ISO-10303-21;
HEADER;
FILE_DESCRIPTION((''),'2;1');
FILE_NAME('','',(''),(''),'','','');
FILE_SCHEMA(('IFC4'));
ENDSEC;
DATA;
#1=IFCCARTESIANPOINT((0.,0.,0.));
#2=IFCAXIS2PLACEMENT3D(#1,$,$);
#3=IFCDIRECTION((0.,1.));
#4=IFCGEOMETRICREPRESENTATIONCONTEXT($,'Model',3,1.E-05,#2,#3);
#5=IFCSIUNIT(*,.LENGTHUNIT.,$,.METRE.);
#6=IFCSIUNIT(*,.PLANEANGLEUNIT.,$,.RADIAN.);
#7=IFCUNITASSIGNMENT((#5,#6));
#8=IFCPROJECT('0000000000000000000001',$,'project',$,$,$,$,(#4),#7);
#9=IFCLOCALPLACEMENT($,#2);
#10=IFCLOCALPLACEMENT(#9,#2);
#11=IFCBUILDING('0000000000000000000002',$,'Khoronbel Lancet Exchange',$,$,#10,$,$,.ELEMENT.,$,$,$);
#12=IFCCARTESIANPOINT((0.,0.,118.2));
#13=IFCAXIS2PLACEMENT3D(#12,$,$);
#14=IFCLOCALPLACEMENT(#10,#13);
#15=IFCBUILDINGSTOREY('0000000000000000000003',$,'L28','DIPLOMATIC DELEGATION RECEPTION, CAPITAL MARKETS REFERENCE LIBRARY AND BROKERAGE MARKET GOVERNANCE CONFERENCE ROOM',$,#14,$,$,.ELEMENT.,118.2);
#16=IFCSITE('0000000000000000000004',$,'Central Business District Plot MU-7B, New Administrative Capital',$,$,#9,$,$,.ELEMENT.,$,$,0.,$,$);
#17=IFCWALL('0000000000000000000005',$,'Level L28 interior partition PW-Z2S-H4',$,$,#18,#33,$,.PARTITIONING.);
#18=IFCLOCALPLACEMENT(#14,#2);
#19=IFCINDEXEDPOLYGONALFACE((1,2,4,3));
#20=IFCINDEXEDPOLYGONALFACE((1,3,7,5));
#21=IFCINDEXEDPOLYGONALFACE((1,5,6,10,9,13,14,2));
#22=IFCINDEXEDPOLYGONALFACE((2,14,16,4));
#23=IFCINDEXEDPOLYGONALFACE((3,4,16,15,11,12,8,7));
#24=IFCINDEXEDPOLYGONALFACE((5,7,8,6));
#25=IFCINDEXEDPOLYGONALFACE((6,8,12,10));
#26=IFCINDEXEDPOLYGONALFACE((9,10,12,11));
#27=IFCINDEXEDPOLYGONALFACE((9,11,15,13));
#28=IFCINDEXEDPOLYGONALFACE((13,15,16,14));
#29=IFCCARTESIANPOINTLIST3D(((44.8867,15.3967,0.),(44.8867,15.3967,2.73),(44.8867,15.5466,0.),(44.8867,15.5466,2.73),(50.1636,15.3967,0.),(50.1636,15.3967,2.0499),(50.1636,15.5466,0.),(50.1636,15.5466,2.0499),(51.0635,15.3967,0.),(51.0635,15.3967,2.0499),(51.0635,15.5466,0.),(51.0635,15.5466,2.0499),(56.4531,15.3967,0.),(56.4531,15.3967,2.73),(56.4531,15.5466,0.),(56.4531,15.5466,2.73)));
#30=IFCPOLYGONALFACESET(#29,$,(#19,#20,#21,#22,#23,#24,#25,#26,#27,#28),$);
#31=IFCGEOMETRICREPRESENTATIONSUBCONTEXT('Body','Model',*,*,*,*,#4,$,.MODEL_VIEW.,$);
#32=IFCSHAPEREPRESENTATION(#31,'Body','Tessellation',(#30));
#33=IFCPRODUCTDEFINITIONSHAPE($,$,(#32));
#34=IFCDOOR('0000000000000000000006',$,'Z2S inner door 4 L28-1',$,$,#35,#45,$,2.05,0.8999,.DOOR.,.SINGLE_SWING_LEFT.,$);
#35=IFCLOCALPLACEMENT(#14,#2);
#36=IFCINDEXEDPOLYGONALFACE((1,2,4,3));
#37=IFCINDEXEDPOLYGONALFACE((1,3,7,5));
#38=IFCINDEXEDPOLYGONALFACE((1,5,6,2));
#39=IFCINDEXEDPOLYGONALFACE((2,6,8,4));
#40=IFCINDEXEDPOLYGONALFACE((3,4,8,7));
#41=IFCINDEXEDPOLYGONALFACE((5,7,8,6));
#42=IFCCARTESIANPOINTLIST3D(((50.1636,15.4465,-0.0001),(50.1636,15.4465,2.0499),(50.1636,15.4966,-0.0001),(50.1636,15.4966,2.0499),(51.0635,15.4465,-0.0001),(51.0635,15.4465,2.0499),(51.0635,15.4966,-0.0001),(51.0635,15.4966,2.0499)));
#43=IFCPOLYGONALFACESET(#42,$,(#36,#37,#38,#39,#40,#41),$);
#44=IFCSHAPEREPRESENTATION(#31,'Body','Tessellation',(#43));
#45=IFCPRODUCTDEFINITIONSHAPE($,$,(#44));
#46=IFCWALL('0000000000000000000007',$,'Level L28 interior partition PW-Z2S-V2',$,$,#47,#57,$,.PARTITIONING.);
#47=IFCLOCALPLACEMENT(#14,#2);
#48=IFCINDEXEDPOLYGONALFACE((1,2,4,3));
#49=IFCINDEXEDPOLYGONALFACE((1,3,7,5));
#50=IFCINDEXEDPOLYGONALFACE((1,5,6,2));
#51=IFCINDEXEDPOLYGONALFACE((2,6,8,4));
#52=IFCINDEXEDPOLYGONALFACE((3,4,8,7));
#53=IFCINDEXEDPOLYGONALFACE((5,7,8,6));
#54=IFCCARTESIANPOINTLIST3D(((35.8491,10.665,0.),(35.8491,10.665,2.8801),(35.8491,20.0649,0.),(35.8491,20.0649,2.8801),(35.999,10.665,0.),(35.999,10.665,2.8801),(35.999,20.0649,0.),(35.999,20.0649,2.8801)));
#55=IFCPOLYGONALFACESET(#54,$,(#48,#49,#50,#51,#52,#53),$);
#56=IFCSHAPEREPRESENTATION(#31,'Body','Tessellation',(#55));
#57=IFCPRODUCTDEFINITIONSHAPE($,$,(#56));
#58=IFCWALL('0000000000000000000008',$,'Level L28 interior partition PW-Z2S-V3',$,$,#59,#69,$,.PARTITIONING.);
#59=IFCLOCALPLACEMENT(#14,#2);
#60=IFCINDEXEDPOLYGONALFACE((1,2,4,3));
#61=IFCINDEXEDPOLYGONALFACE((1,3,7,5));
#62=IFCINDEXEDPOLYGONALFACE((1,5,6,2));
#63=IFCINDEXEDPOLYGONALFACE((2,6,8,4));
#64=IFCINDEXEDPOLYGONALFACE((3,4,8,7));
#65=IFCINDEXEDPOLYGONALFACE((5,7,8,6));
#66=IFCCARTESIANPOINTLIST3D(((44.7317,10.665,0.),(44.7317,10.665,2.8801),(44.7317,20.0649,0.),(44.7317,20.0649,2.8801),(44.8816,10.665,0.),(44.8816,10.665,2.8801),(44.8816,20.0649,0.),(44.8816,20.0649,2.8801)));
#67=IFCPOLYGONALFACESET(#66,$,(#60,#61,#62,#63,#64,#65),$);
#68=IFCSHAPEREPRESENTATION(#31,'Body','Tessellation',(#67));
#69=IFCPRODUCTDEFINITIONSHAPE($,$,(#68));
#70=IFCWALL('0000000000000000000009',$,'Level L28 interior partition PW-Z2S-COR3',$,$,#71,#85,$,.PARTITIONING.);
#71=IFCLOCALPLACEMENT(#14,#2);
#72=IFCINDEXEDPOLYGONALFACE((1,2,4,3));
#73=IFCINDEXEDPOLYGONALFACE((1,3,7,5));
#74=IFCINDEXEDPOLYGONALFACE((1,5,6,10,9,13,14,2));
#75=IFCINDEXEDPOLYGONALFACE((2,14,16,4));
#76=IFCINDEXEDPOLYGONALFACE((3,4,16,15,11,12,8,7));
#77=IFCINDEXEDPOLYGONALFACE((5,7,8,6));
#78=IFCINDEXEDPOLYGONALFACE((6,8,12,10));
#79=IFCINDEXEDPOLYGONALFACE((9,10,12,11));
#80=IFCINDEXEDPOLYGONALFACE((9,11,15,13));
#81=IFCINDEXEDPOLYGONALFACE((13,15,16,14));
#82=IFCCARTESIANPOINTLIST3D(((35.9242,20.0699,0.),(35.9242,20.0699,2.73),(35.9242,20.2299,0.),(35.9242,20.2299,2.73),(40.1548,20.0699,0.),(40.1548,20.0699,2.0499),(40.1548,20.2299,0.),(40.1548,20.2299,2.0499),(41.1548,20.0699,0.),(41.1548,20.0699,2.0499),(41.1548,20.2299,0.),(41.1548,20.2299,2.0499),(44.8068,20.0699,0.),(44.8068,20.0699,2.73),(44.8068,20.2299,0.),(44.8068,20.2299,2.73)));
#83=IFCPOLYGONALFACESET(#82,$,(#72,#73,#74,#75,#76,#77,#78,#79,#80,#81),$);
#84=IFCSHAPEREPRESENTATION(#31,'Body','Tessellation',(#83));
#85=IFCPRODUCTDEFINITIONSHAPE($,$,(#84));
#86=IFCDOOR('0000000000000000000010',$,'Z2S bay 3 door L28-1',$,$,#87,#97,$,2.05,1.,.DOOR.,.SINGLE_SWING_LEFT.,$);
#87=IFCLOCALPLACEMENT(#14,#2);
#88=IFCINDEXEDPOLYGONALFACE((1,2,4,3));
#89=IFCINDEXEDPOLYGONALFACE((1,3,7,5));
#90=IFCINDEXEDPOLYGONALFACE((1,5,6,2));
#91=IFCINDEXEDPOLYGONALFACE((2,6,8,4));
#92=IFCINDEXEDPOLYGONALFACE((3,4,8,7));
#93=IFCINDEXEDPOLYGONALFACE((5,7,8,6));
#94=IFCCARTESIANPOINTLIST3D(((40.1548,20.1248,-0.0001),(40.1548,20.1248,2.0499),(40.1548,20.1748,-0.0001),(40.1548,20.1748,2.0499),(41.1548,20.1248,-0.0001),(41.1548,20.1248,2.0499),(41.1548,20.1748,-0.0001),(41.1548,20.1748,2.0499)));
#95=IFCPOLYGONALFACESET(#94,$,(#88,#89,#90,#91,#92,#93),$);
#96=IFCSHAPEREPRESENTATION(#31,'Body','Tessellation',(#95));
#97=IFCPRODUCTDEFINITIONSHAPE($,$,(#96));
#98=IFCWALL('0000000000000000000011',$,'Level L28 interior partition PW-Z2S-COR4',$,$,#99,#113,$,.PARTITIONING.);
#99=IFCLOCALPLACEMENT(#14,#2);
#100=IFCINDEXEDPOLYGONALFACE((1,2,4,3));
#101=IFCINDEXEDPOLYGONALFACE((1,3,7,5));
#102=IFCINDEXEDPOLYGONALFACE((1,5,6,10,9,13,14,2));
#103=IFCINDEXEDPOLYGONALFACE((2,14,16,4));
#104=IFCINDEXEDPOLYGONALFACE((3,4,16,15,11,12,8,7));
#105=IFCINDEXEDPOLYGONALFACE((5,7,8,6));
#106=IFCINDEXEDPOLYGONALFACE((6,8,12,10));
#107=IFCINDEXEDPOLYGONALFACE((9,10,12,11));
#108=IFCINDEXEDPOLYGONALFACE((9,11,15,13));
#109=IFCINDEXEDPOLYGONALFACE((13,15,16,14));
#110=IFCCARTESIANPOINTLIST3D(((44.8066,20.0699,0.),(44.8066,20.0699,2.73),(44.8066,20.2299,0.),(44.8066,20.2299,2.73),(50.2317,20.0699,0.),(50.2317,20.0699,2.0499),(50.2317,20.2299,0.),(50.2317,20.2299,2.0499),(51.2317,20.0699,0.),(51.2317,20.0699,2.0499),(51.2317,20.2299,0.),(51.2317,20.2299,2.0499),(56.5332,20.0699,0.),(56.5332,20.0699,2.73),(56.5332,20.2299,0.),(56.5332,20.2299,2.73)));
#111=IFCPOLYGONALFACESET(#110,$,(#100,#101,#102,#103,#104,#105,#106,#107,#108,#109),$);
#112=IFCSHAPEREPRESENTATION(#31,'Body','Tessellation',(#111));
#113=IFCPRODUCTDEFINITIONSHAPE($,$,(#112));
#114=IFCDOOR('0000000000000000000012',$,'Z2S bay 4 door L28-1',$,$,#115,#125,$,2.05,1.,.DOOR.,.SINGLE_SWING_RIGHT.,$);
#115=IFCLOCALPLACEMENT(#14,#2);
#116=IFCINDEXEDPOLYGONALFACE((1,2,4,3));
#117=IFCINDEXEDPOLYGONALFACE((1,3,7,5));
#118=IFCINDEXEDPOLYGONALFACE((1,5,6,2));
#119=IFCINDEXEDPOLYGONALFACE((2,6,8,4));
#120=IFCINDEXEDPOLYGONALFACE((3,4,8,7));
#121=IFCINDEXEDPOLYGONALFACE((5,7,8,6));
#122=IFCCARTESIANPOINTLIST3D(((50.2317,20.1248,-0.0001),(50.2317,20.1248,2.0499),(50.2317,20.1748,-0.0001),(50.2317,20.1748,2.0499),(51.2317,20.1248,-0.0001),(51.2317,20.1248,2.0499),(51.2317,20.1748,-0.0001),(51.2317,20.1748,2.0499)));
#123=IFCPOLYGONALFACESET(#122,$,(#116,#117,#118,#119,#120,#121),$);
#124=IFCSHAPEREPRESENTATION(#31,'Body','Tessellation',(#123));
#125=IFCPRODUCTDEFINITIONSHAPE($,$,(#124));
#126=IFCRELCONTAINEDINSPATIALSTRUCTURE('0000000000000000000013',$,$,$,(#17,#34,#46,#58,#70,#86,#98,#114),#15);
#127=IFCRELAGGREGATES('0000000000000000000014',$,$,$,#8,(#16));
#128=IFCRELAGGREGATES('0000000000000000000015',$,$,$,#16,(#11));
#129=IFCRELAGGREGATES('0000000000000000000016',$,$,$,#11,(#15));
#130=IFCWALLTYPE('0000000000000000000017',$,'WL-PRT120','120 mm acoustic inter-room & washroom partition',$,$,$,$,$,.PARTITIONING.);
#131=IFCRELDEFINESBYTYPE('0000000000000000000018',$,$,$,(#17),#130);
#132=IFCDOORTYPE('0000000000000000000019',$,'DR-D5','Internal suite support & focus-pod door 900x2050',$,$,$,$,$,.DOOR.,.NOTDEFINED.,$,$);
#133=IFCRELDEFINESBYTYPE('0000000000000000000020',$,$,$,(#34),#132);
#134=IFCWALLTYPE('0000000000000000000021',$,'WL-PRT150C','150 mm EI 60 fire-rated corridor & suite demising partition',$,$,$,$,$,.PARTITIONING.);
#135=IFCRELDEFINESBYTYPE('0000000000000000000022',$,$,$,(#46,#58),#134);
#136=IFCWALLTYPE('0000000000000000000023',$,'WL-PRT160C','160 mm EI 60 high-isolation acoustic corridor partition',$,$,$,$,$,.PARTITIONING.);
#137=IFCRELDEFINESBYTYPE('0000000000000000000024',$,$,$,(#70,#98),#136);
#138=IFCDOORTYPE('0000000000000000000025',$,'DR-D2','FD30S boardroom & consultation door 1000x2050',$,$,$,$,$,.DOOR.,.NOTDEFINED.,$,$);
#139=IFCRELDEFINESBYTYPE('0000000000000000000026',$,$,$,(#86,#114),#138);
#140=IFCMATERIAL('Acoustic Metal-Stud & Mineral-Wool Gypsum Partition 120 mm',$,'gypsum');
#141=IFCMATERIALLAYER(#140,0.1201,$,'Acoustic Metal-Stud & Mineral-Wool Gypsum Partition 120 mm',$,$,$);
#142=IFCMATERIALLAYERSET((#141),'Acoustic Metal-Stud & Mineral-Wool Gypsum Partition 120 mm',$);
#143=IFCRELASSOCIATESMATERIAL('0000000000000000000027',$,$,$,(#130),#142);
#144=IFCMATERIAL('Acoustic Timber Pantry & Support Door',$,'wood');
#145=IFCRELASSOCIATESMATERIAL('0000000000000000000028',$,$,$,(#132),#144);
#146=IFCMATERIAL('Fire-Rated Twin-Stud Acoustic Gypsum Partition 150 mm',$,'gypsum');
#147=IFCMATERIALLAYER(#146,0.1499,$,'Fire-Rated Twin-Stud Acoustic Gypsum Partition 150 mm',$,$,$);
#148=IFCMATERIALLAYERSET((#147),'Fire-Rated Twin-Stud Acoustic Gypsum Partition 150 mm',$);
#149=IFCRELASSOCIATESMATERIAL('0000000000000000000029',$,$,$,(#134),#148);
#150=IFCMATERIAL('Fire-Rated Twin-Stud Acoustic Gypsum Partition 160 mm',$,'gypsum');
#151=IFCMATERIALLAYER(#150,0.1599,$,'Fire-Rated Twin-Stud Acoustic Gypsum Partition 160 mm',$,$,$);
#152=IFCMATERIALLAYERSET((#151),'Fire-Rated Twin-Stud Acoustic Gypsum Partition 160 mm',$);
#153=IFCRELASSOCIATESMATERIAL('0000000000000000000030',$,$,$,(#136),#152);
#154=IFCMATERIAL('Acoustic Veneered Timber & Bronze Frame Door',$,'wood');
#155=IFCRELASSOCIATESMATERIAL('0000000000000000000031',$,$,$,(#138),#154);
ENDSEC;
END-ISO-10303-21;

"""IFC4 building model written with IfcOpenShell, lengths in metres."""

from ifc_helpers import new_model, si_unit, direction, frame, frame_2d, origin, place, context, subcontext, project, spatial, rectangle, extrude, material, layer, layer_set, type_object, element, fill, save


model = new_model("IFC4")

# Units and contexts
model_context = context("Model", 3, precision=1e-05, world=origin(), true_north=direction((0.0, 1.0)))
body_context = subcontext(model_context, "Body", "Model", "MODEL_VIEW")
ifc_project = project(units=[si_unit("LENGTHUNIT", "METRE"), si_unit("PLANEANGLEUNIT", "RADIAN")], contexts=[model_context])

# Site, building, storey
site_placement = place(None, origin())
site = spatial("IfcSite", under=ifc_project, at=site_placement, Name="Central Business District Plot MU-7B, New Administrative Capital", CompositionType="ELEMENT", RefElevation=0.0)
building_placement = place(site_placement, origin())
building = spatial("IfcBuilding", under=site, at=building_placement, Name="Khoronbel Lancet Exchange", CompositionType="ELEMENT")
storey_placement = place(building_placement, frame((0.0, 0.0, 118.2)))
storey = spatial("IfcBuildingStorey", under=building, at=storey_placement, Name="L28", Description="DIPLOMATIC DELEGATION RECEPTION, CAPITAL MARKETS REFERENCE LIBRARY AND BROKERAGE MARKET GOVERNANCE CONFERENCE ROOM", CompositionType="ELEMENT", Elevation=118.2)

# Wall, opening, door
ifc_material_1 = material(Name="Acoustic Metal-Stud & Mineral-Wool Gypsum Partition 120 mm", Category="gypsum")
ifc_layer_1 = layer(ifc_material_1, 0.1201, Name="Acoustic Metal-Stud & Mineral-Wool Gypsum Partition 120 mm")
ifc_layer_set_1 = layer_set([ifc_layer_1], Name="Acoustic Metal-Stud & Mineral-Wool Gypsum Partition 120 mm")
wall_type_1 = type_object("IfcWallType", Name="WL-PRT120", Description="120 mm acoustic inter-room & washroom partition", PredefinedType="PARTITIONING", material=ifc_layer_set_1)
wall_1_placement = place(storey_placement, frame((44.8867, 15.4717, 0.0), z_axis=(0.0, 0.0, 1.0), x_axis=(1.0, 0.0, 0.0)))
wall_1 = element("IfcWall", 1, at=wall_1_placement, inside=storey, type_object=wall_type_1, Name="Level L28 interior partition PW-Z2S-H4", PredefinedType="PARTITIONING", context=body_context, shape_type="SweptSolid", body=[
    extrude(rectangle(XDim=11.5664, YDim=0.1499, at=frame_2d((5.7832, 0.0))), origin(), (0.0, 0.0, 1.0), 2.73),
])
opening_1_placement = place(wall_1_placement, frame((5.2769, 0.0, 0.0)))
opening_1 = element("IfcOpeningElement", 2, at=opening_1_placement, cuts=wall_1, PredefinedType="OPENING", context=body_context, shape_type="SweptSolid", body=[
    extrude(rectangle(XDim=0.8999, YDim=2.05, at=frame_2d((0.45, 1.0249))), frame((0.0, 0.085, 0.0), z_axis=(0.0, -1.0, 0.0), x_axis=(1.0, 0.0, 0.0)), (0.0, 0.0, 1.0), 0.1699),
])
ifc_material_2 = material(Name="Acoustic Timber Pantry & Support Door", Category="wood")
door_type_1 = type_object("IfcDoorType", Name="DR-D5", Description="Internal suite support & focus-pod door 900x2050", OperationType="NOTDEFINED", PredefinedType="DOOR", material=ifc_material_2)
door_1_placement = place(opening_1_placement, origin())
door_1 = element("IfcDoor", 3, at=door_1_placement, inside=storey, type_object=door_type_1, Name="Z2S inner door 4 L28-1", OperationType="SINGLE_SWING_LEFT", OverallHeight=2.05, OverallWidth=0.8999, PredefinedType="DOOR", context=body_context, shape_type="SweptSolid", body=[
    extrude(rectangle(XDim=0.8999, YDim=2.05, at=frame_2d((0.45, 1.0249))), frame((0.0, 0.0249, 0.0), z_axis=(0.0, -1.0, 0.0), x_axis=(1.0, 0.0, 0.0)), (0.0, 0.0, 1.0), 0.05),
])
fill(opening_1, door_1)

# Walls
ifc_material_3 = material(Name="Fire-Rated Twin-Stud Acoustic Gypsum Partition 150 mm", Category="gypsum")
ifc_layer_2 = layer(ifc_material_3, 0.1499, Name="Fire-Rated Twin-Stud Acoustic Gypsum Partition 150 mm")
ifc_layer_set_2 = layer_set([ifc_layer_2], Name="Fire-Rated Twin-Stud Acoustic Gypsum Partition 150 mm")
wall_type_2 = type_object("IfcWallType", Name="WL-PRT150C", Description="150 mm EI 60 fire-rated corridor & suite demising partition", PredefinedType="PARTITIONING", material=ifc_layer_set_2)
for number, where, z_axis, x_axis, name in (
    (4, (35.9241, 10.665, 0.0), (0.0, 0.0, 1.0), (0.0, 1.0, 0.0), "Level L28 interior partition PW-Z2S-V2"),
    (5, (44.8066, 10.665, 0.0), (0.0, 0.0, 1.0), (0.0, 1.0, 0.0), "Level L28 interior partition PW-Z2S-V3"),
):
    element("IfcWall", number, at=place(storey_placement, frame(where, z_axis=z_axis, x_axis=x_axis)), inside=storey, type_object=wall_type_2, Name=name, PredefinedType="PARTITIONING", context=body_context, shape_type="SweptSolid", body=[
        extrude(rectangle(XDim=9.3999, YDim=0.1499, at=frame_2d((4.7, 0.0))), origin(), (0.0, 0.0, 1.0), 2.8801),
    ])

# Walls, openings, doors
ifc_material_4 = material(Name="Fire-Rated Twin-Stud Acoustic Gypsum Partition 160 mm", Category="gypsum")
ifc_layer_3 = layer(ifc_material_4, 0.1599, Name="Fire-Rated Twin-Stud Acoustic Gypsum Partition 160 mm")
ifc_layer_set_3 = layer_set([ifc_layer_3], Name="Fire-Rated Twin-Stud Acoustic Gypsum Partition 160 mm")
wall_type_3 = type_object("IfcWallType", Name="WL-PRT160C", Description="160 mm EI 60 high-isolation acoustic corridor partition", PredefinedType="PARTITIONING", material=ifc_layer_set_3)
wall_2_placement = place(storey_placement, frame((35.9241, 20.1499, 0.0), z_axis=(0.0, 0.0, 1.0), x_axis=(1.0, 0.0, 0.0)))
wall_2 = element("IfcWall", 6, at=wall_2_placement, inside=storey, type_object=wall_type_3, Name="Level L28 interior partition PW-Z2S-COR3", PredefinedType="PARTITIONING", context=body_context, shape_type="SweptSolid", body=[
    extrude(rectangle(XDim=8.8826, YDim=0.1599, at=frame_2d((4.4414, 0.0))), origin(), (0.0, 0.0, 1.0), 2.73),
])
opening_2_placement = place(wall_2_placement, frame((4.2307, 0.0, 0.0)))
opening_2 = element("IfcOpeningElement", 7, at=opening_2_placement, cuts=wall_2, PredefinedType="OPENING", context=body_context, shape_type="SweptSolid", body=[
    extrude(rectangle(XDim=1.0, YDim=2.05, at=frame_2d((0.5, 1.0249))), frame((0.0, 0.0898, 0.0), z_axis=(0.0, -1.0, 0.0), x_axis=(1.0, 0.0, 0.0)), (0.0, 0.0, 1.0), 0.1799),
])
ifc_material_5 = material(Name="Acoustic Veneered Timber & Bronze Frame Door", Category="wood")
door_type_2 = type_object("IfcDoorType", Name="DR-D2", Description="FD30S boardroom & consultation door 1000x2050", OperationType="NOTDEFINED", PredefinedType="DOOR", material=ifc_material_5)
door_2_placement = place(opening_2_placement, origin())
door_2 = element("IfcDoor", 8, at=door_2_placement, inside=storey, type_object=door_type_2, Name="Z2S bay 3 door L28-1", OperationType="SINGLE_SWING_LEFT", OverallHeight=2.05, OverallWidth=1.0, PredefinedType="DOOR", context=body_context, shape_type="SweptSolid", body=[
    extrude(rectangle(XDim=1.0, YDim=2.05, at=frame_2d((0.5, 1.0249))), frame((0.0, 0.0249, 0.0), z_axis=(0.0, -1.0, 0.0), x_axis=(1.0, 0.0, 0.0)), (0.0, 0.0, 1.0), 0.05),
])
fill(opening_2, door_2)
wall_3_placement = place(storey_placement, frame((44.8066, 20.1499, 0.0), z_axis=(0.0, 0.0, 1.0), x_axis=(1.0, 0.0, 0.0)))
wall_3 = element("IfcWall", 9, at=wall_3_placement, inside=storey, type_object=wall_type_3, Name="Level L28 interior partition PW-Z2S-COR4", PredefinedType="PARTITIONING", context=body_context, shape_type="SweptSolid", body=[
    extrude(rectangle(XDim=11.7266, YDim=0.1599, at=frame_2d((5.8633, 0.0))), origin(), (0.0, 0.0, 1.0), 2.73),
])
opening_3_placement = place(wall_3_placement, frame((5.425, 0.0, 0.0)))
opening_3 = element("IfcOpeningElement", 10, at=opening_3_placement, cuts=wall_3, PredefinedType="OPENING", context=body_context, shape_type="SweptSolid", body=[
    extrude(rectangle(XDim=1.0, YDim=2.05, at=frame_2d((0.5, 1.0249))), frame((0.0, 0.0898, 0.0), z_axis=(0.0, -1.0, 0.0), x_axis=(1.0, 0.0, 0.0)), (0.0, 0.0, 1.0), 0.1799),
])
door_3_placement = place(opening_3_placement, origin())
door_3 = element("IfcDoor", 11, at=door_3_placement, inside=storey, type_object=door_type_2, Name="Z2S bay 4 door L28-1", OperationType="SINGLE_SWING_RIGHT", OverallHeight=2.05, OverallWidth=1.0, PredefinedType="DOOR", context=body_context, shape_type="SweptSolid", body=[
    extrude(rectangle(XDim=1.0, YDim=2.05, at=frame_2d((0.5, 1.0249))), frame((0.0, 0.0249, 0.0), z_axis=(0.0, -1.0, 0.0), x_axis=(1.0, 0.0, 0.0)), (0.0, 0.0, 1.0), 0.05),
])
fill(opening_3, door_3)

save(model, "model.ifc")
